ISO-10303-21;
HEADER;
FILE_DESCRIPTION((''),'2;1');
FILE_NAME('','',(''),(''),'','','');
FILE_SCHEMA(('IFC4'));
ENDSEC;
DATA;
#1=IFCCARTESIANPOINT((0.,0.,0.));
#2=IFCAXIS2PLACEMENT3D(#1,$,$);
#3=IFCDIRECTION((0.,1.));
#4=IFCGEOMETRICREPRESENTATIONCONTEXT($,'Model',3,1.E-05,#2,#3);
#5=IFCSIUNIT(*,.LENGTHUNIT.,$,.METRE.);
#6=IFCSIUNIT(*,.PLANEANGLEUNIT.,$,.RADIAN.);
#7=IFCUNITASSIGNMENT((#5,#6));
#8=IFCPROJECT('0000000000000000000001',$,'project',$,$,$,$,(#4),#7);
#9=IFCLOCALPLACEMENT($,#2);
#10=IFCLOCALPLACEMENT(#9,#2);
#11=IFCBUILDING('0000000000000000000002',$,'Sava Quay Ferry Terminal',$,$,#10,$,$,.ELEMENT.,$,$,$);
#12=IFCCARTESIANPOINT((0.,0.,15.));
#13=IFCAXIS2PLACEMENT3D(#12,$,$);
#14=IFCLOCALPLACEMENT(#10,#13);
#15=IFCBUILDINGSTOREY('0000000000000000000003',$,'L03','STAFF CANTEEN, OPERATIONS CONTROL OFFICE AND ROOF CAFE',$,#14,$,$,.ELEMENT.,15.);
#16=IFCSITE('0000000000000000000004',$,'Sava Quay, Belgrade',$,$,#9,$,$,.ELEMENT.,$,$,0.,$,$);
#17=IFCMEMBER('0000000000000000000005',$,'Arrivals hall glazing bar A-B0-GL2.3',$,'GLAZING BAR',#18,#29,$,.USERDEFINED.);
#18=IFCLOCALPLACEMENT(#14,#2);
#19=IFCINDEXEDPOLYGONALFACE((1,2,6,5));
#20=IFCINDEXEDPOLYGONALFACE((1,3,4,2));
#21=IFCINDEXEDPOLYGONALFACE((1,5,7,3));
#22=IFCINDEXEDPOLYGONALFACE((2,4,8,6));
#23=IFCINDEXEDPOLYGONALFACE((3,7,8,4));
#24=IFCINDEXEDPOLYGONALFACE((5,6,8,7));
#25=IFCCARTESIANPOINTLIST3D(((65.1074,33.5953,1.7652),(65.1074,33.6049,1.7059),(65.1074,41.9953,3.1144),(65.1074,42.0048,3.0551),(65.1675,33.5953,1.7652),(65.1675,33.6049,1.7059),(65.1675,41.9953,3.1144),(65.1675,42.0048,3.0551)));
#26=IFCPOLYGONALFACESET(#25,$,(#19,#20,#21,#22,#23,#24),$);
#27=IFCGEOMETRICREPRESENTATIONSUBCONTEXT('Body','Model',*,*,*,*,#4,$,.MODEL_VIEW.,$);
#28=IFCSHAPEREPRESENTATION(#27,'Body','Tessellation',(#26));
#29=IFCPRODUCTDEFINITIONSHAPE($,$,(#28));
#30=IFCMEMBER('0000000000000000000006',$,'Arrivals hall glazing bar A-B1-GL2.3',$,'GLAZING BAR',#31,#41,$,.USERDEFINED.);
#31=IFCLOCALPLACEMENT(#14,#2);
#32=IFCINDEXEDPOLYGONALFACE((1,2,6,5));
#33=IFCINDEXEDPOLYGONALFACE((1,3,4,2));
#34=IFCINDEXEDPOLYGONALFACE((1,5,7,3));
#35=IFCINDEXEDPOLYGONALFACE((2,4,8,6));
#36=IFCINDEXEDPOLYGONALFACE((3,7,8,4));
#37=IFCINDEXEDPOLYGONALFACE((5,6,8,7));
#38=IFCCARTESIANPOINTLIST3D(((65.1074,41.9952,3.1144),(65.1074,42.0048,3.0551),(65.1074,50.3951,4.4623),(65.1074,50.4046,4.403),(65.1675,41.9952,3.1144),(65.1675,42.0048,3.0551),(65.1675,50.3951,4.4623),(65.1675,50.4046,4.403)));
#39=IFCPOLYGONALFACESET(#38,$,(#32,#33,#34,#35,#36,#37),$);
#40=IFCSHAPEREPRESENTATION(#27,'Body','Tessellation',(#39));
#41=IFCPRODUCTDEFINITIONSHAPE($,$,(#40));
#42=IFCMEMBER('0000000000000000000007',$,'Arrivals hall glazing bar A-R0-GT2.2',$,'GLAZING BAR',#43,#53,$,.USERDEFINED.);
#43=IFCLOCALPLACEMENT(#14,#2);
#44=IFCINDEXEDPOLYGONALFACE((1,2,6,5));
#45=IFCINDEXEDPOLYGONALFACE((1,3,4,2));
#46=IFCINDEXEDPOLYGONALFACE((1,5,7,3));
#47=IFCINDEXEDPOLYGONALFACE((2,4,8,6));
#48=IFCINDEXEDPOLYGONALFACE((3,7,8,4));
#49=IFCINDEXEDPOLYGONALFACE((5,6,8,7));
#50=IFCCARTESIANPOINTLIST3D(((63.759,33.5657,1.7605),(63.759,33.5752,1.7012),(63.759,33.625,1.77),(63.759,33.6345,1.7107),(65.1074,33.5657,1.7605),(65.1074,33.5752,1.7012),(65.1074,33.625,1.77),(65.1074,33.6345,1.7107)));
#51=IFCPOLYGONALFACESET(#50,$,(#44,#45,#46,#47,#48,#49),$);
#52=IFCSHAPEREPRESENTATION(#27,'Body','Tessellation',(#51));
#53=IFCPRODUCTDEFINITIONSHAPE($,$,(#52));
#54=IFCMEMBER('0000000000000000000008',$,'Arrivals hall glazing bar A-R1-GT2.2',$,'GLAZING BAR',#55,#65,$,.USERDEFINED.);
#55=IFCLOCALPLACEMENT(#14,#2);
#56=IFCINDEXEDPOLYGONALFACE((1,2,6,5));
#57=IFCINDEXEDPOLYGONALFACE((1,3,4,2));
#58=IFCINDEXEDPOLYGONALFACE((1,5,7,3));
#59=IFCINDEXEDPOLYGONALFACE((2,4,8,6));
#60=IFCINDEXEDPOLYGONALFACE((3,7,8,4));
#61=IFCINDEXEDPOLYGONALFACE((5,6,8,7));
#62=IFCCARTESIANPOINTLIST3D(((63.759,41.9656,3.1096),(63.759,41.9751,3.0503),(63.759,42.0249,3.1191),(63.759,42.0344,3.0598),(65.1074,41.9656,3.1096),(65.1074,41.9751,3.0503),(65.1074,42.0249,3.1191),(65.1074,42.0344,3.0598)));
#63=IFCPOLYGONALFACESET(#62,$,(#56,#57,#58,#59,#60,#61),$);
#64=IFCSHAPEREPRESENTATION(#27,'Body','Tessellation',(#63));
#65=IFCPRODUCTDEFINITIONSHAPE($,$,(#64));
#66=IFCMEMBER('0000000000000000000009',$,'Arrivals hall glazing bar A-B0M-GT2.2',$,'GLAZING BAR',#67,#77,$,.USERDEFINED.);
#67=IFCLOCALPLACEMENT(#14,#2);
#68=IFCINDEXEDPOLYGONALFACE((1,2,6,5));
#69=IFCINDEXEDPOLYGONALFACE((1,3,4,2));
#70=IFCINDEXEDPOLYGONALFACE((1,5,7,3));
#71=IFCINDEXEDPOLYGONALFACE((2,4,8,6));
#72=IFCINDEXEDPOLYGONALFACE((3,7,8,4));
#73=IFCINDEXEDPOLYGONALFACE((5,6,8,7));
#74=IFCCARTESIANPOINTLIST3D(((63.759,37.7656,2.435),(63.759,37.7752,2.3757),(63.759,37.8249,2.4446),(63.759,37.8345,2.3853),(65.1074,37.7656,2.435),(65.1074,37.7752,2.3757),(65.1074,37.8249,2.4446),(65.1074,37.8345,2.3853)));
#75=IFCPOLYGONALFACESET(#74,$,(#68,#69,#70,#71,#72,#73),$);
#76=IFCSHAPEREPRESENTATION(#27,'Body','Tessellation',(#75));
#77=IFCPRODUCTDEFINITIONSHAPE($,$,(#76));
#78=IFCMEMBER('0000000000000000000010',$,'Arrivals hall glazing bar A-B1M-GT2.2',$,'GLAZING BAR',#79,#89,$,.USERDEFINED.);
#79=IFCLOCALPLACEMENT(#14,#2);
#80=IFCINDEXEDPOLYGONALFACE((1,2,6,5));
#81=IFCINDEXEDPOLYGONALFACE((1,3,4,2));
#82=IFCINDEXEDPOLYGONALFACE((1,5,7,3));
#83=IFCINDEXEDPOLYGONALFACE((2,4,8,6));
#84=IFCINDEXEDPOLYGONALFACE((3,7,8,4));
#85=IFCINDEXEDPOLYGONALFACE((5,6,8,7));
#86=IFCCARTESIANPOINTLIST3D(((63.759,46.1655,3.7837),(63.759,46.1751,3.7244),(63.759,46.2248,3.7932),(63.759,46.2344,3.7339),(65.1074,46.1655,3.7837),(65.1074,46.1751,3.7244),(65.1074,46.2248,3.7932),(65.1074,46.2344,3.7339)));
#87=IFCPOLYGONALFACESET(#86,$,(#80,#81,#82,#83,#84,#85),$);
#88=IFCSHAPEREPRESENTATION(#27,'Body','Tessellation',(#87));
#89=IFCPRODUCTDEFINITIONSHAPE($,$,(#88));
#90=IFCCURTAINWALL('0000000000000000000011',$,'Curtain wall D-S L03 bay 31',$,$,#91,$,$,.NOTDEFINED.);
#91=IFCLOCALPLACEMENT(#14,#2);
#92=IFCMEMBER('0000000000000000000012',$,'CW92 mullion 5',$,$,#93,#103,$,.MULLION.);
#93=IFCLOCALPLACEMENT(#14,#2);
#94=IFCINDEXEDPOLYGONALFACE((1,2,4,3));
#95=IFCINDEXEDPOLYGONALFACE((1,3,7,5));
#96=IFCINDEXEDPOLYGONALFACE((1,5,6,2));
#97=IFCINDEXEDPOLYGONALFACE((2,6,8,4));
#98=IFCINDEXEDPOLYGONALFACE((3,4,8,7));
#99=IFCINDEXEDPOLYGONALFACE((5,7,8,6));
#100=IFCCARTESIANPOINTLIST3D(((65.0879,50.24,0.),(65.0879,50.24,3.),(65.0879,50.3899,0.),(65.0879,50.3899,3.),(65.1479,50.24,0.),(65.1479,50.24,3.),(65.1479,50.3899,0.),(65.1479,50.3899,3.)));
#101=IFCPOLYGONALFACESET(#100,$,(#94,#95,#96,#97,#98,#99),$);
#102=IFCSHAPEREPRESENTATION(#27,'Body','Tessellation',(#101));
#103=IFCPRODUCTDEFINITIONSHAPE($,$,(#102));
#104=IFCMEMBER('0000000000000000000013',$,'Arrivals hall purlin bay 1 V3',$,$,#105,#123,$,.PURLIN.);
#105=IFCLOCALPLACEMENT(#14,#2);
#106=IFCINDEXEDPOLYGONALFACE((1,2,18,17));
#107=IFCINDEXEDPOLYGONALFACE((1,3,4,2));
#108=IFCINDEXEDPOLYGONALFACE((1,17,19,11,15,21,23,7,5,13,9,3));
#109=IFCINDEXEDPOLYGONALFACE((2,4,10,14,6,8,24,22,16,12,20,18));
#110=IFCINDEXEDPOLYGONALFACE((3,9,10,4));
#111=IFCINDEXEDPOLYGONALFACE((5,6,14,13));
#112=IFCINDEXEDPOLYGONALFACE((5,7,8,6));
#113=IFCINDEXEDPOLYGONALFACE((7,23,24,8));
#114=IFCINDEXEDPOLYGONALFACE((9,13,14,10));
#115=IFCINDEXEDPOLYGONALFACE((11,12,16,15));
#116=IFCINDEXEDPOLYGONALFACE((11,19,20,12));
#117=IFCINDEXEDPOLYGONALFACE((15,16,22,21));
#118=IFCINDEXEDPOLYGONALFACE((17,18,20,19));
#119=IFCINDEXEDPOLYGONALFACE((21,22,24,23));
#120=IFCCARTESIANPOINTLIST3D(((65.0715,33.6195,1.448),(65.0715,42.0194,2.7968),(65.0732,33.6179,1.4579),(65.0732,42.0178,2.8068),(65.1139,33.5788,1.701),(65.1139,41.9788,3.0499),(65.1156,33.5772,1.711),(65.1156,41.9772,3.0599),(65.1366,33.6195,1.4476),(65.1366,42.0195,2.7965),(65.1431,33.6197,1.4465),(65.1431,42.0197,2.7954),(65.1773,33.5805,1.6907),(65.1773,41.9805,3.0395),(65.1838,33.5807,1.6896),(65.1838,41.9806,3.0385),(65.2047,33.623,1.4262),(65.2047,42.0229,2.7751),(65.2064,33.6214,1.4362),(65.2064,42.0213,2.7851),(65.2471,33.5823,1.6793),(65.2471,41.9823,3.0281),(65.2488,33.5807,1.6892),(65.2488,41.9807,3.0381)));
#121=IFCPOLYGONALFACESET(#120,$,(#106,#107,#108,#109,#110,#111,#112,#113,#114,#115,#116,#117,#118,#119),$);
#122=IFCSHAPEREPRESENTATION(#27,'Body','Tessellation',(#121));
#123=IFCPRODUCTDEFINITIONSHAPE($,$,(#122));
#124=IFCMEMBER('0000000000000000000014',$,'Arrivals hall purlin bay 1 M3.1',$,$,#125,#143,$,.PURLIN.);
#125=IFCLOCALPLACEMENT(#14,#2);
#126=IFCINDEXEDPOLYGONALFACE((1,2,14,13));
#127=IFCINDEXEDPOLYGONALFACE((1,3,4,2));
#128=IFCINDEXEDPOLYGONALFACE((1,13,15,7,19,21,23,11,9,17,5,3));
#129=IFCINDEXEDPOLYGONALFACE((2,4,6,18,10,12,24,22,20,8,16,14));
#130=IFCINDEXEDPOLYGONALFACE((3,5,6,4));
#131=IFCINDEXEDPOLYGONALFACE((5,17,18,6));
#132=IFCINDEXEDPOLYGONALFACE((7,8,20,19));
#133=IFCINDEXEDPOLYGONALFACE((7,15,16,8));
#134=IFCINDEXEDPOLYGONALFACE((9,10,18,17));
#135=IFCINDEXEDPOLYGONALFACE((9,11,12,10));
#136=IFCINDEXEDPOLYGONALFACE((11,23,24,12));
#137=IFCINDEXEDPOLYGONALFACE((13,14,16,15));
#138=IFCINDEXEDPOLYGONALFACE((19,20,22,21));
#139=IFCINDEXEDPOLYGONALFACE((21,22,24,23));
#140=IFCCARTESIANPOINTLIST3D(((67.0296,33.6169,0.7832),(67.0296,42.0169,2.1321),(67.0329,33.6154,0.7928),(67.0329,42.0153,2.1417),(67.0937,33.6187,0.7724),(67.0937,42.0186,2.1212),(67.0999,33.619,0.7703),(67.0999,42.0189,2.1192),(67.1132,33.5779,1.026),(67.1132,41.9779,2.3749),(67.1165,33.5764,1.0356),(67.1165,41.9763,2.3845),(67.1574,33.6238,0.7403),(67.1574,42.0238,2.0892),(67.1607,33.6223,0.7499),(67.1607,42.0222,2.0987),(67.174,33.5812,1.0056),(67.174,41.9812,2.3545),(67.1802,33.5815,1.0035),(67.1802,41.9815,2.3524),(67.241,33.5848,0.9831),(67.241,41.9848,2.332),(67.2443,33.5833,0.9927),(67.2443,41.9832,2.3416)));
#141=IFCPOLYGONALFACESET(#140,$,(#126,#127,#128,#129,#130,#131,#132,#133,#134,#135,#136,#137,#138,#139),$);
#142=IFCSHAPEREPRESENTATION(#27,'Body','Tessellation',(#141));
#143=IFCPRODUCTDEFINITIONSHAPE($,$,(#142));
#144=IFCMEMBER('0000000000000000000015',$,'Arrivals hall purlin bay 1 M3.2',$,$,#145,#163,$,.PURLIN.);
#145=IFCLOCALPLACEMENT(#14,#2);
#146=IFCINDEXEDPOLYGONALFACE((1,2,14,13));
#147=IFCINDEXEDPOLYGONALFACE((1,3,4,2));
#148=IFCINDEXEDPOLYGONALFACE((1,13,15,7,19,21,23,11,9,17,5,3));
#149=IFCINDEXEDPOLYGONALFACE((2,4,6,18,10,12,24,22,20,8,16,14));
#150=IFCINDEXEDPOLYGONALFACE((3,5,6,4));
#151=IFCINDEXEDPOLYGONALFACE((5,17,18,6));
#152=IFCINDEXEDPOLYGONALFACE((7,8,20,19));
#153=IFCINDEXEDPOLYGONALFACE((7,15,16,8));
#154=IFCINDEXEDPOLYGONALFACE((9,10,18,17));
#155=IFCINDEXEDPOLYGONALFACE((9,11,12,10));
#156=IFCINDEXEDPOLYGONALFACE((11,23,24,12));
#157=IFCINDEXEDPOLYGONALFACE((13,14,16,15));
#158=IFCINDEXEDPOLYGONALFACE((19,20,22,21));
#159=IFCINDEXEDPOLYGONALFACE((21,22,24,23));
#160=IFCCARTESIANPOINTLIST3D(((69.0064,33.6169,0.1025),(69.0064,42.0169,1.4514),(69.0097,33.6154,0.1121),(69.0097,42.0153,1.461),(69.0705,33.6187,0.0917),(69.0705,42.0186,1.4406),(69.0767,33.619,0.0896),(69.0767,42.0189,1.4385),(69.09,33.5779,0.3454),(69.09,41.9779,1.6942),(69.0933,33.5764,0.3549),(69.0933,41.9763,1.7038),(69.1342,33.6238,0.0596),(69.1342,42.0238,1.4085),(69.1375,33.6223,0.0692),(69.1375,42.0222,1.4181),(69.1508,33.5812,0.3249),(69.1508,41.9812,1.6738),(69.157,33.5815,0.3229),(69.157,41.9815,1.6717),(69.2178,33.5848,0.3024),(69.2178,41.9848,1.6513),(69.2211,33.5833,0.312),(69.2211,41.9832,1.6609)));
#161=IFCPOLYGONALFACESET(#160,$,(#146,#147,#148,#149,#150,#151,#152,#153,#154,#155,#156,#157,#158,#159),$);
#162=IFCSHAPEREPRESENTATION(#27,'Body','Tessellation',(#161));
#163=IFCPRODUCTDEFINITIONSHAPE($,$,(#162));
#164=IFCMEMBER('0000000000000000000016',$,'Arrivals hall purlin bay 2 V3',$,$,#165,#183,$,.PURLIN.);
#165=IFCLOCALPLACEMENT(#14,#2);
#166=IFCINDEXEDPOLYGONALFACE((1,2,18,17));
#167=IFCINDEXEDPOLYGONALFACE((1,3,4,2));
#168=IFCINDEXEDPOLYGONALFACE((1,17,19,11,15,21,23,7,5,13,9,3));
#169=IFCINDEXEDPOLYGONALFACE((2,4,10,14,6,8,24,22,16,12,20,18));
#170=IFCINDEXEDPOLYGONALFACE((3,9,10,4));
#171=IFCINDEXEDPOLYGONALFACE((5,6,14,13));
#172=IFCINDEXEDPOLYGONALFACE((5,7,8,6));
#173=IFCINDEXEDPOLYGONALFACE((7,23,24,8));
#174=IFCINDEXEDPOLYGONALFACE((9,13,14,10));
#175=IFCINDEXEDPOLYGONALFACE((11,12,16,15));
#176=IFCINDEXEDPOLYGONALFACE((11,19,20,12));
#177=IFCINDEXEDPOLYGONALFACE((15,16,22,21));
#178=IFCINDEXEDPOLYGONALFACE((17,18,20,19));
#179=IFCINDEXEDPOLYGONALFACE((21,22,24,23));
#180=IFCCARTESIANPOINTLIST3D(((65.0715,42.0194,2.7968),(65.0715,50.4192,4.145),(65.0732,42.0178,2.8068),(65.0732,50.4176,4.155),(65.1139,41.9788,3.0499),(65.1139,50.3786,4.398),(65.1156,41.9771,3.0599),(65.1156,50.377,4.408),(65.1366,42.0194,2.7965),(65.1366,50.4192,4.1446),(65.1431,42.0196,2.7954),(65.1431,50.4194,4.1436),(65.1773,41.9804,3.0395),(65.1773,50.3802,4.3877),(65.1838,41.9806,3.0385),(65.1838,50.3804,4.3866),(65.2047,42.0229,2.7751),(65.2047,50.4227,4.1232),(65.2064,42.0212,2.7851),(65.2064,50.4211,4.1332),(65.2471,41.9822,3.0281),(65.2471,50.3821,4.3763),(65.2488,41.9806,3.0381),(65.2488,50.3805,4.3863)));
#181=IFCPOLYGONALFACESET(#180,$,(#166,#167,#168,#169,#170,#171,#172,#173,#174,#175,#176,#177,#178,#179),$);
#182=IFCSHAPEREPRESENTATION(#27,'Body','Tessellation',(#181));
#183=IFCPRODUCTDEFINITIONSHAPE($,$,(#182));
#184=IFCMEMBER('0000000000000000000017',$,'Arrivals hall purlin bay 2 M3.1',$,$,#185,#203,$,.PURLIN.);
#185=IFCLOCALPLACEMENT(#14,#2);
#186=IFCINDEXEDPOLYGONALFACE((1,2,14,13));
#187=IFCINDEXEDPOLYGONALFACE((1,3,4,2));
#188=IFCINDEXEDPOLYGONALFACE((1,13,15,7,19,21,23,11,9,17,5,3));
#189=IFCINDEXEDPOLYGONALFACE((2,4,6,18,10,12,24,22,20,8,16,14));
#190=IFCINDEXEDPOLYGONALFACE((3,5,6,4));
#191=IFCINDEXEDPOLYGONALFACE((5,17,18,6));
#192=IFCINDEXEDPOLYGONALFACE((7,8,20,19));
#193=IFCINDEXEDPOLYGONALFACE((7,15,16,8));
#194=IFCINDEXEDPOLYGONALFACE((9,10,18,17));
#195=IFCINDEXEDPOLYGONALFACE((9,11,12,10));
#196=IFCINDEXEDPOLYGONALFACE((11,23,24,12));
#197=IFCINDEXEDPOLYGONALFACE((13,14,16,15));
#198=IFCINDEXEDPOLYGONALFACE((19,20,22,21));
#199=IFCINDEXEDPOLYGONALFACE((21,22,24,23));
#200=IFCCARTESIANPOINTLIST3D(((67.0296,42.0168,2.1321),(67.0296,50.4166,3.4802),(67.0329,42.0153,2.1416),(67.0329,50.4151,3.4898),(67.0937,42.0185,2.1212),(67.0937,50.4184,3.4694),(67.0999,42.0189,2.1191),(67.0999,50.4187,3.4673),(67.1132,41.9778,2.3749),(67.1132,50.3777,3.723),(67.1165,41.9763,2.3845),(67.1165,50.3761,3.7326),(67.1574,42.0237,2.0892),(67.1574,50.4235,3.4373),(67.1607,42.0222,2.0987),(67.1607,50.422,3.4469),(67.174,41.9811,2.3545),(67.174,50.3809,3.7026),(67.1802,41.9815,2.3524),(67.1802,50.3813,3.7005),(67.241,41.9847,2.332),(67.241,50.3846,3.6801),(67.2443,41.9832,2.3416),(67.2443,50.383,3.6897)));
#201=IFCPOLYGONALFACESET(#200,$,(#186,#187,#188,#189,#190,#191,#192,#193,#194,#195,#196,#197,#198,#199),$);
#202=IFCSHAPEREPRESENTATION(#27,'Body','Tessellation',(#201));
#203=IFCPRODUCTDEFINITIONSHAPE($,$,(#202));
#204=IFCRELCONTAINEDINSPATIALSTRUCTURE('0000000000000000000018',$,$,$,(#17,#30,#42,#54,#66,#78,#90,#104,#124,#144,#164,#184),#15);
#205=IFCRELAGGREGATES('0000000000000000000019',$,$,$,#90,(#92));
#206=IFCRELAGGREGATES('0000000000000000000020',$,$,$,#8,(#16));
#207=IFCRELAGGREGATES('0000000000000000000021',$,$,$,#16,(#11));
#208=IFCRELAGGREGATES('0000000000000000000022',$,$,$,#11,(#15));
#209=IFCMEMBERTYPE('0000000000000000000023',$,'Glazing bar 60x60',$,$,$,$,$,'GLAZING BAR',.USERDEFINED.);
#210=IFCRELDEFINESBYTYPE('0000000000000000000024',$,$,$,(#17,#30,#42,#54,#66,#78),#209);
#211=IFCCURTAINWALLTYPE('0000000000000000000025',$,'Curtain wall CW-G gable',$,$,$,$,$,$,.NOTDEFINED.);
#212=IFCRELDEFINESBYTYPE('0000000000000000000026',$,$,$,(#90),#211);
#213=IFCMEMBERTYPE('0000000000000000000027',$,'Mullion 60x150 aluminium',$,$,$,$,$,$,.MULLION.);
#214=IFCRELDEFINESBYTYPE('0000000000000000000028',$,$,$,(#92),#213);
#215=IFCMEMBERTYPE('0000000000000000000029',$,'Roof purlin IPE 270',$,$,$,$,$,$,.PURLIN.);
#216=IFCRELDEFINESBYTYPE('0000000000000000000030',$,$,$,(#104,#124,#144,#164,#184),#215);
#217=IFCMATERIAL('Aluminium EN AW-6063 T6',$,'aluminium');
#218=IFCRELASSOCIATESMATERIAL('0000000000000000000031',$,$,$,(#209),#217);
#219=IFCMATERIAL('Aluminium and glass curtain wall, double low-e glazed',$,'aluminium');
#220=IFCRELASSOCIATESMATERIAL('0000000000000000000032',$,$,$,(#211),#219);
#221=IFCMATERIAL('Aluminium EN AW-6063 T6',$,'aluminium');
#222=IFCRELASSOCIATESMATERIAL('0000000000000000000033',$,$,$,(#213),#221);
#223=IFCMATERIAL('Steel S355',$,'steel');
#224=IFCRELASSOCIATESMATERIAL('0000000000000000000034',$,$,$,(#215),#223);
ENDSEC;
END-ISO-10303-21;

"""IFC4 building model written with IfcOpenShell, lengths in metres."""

from ifc_helpers import new_model, si_unit, direction, frame, origin, origin_2d, place, context, subcontext, project, spatial, rectangle, i_section, extrude, material, material_profile, profile_set, type_object, element, aggregate, save


model = new_model("IFC4")

# Units and contexts
model_context = context("Model", 3, precision=1e-05, world=origin(), true_north=direction((0.0, 1.0)))
body_context = subcontext(model_context, "Body", "Model", "MODEL_VIEW")
ifc_project = project(units=[si_unit("LENGTHUNIT", "METRE"), si_unit("PLANEANGLEUNIT", "RADIAN")], contexts=[model_context])

# Site, building, storey
site_placement = place(None, origin())
site = spatial("IfcSite", under=ifc_project, at=site_placement, Name="Sava Quay, Belgrade", CompositionType="ELEMENT", RefElevation=0.0)
building_placement = place(site_placement, origin())
building = spatial("IfcBuilding", under=site, at=building_placement, Name="Sava Quay Ferry Terminal", CompositionType="ELEMENT")
storey_placement = place(building_placement, frame((0.0, 0.0, 15.0)))
storey = spatial("IfcBuildingStorey", under=building, at=storey_placement, Name="L03", Description="STAFF CANTEEN, OPERATIONS CONTROL OFFICE AND ROOF CAFE", CompositionType="ELEMENT", Elevation=15.0)

# Members
ifc_material_1 = material(Name="Aluminium EN AW-6063 T6", Category="aluminium")
ifc_material_profile_1 = material_profile(ifc_material_1, rectangle(XDim=0.0601, YDim=0.0601, at=origin_2d()), Name="Bar 60 x 60")
ifc_profile_set_1 = profile_set([ifc_material_profile_1], Name="Aluminium EN AW-6063 T6")
member_type_1 = type_object("IfcMemberType", Name="Glazing bar 60x60", ElementType="GLAZING BAR", PredefinedType="USERDEFINED", material=ifc_profile_set_1)
member_1_placement = place(storey_placement, frame((65.1375, 33.6001, 1.7356), z_axis=(0.0, 0.987346, 0.158579), x_axis=(-1.0, 0.0, 0.0)))
element("IfcMember", 1, at=member_1_placement, inside=storey, type_object=member_type_1, Name="Arrivals hall glazing bar A-B0-GL2.3", ObjectType="GLAZING BAR", PredefinedType="USERDEFINED", context=body_context, shape_type="SweptSolid", body=[
    extrude(rectangle(XDim=0.0601, YDim=0.0601, at=origin_2d()), origin(), (0.0, 0.0, 1.0), 8.5076),
])
member_2_placement = place(storey_placement, frame((65.1375, 42.0, 3.0847), z_axis=(0.0, 0.987369, 0.158439), x_axis=(-1.0, 0.0, 0.0)))
element("IfcMember", 2, at=member_2_placement, inside=storey, type_object=member_type_1, Name="Arrivals hall glazing bar A-B1-GL2.3", ObjectType="GLAZING BAR", PredefinedType="USERDEFINED", context=body_context, shape_type="SweptSolid", body=[
    extrude(rectangle(XDim=0.0601, YDim=0.0601, at=origin_2d()), origin(), (0.0, 0.0, 1.0), 8.5073),
])
for number, where, z_axis, x_axis, name in (
    (3, (63.759, 33.6001, 1.7356), (1.0, 0.0, 0.0), (0.0, 0.987349, 0.158564), "Arrivals hall glazing bar A-R0-GT2.2"),
    (4, (63.759, 42.0, 3.0847), (1.0, 0.0, 0.0), (0.0, 0.987367, 0.158449), "Arrivals hall glazing bar A-R1-GT2.2"),
    (5, (63.759, 37.8, 2.4102), (1.0, 0.0, 0.0), (0.0, 0.987349, 0.158564), "Arrivals hall glazing bar A-B0M-GT2.2"),
    (6, (63.759, 46.2, 3.7588), (1.0, 0.0, 0.0), (0.0, 0.987367, 0.158449), "Arrivals hall glazing bar A-B1M-GT2.2"),
):
    element("IfcMember", number, at=place(storey_placement, frame(where, z_axis=z_axis, x_axis=x_axis)), inside=storey, type_object=member_type_1, Name=name, ObjectType="GLAZING BAR", PredefinedType="USERDEFINED", context=body_context, shape_type="SweptSolid", body=[
        extrude(rectangle(XDim=0.0601, YDim=0.0601, at=origin_2d()), origin(), (0.0, 0.0, 1.0), 1.3484),
    ])

# Curtain wall, member
ifc_material_2 = material(Name="Aluminium and glass curtain wall, double low-e glazed", Category="aluminium")
curtain_wall_type = type_object("IfcCurtainWallType", Name="Curtain wall CW-G gable", PredefinedType="NOTDEFINED", material=ifc_material_2)
curtain_wall_placement = place(storey_placement, origin())
curtain_wall = element("IfcCurtainWall", 7, at=curtain_wall_placement, inside=storey, type_object=curtain_wall_type, Name="Curtain wall D-S L03 bay 31", PredefinedType="NOTDEFINED")
ifc_material_3 = material(Name="Aluminium EN AW-6063 T6", Category="aluminium")
ifc_material_profile_2 = material_profile(ifc_material_3, rectangle(XDim=0.1499, YDim=0.0601, at=origin_2d()), Name="Mullion 60x150 aluminium")
ifc_profile_set_2 = profile_set([ifc_material_profile_2], Name="Aluminium EN AW-6063 T6")
member_type_2 = type_object("IfcMemberType", Name="Mullion 60x150 aluminium", PredefinedType="MULLION", material=ifc_profile_set_2)
member_3_placement = place(storey_placement, frame((65.1179, 50.3149, 0.0), z_axis=(0.0, 0.0, 1.0), x_axis=(0.0, 1.0, 0.0)))
member_3 = element("IfcMember", 8, at=member_3_placement, type_object=member_type_2, Name="CW92 mullion 5", PredefinedType="MULLION", context=body_context, shape_type="SweptSolid", body=[
    extrude(rectangle(XDim=0.1499, YDim=0.0601, at=origin_2d()), origin(), (0.0, 0.0, 1.0), 3.0),
])

# Members
ifc_material_4 = material(Name="Steel S355", Category="steel")
ifc_material_profile_3 = material_profile(ifc_material_4, i_section(OverallWidth=0.135, OverallDepth=0.27, WebThickness=0.0066, FlangeThickness=0.0103, at=origin_2d()), Name="IPE 270")
ifc_profile_set_3 = profile_set([ifc_material_profile_3], Name="Steel S355")
member_type_3 = type_object("IfcMemberType", Name="Roof purlin IPE 270", PredefinedType="PURLIN", material=ifc_profile_set_3)
for number, where, z_axis, x_axis, name in (
    (9, (65.1602, 33.6001, 1.5686), (0.0, 0.987351, 0.158551), (-0.986606, -0.025864, 0.161061), "Arrivals hall purlin bay 1 V3"),
    (10, (67.137, 33.6001, 0.8879), (0.0, 0.987351, 0.158551), (-0.946781, -0.051034, 0.317807), "Arrivals hall purlin bay 1 M3.1"),
    (11, (69.1138, 33.6001, 0.2073), (0.0, 0.987351, 0.158551), (-0.946781, -0.051034, 0.317807), "Arrivals hall purlin bay 1 M3.2"),
):
    element("IfcMember", number, at=place(storey_placement, frame(where, z_axis=z_axis, x_axis=x_axis)), inside=storey, type_object=member_type_3, Name=name, PredefinedType="PURLIN", context=body_context, shape_type="SweptSolid", body=[
        extrude(i_section(OverallWidth=0.135, OverallDepth=0.27, WebThickness=0.0066, FlangeThickness=0.0103, at=origin_2d()), origin(), (0.0, 0.0, 1.0), 8.5076),
    ])
for number, where, z_axis, x_axis, name in (
    (12, (65.1602, 42.0, 2.9175), (0.0, 0.987364, 0.158467), (-0.986605, -0.02585, 0.161066), "Arrivals hall purlin bay 2 V3"),
    (13, (67.137, 42.0, 2.2368), (0.0, 0.987364, 0.158467), (-0.946779, -0.051008, 0.317817), "Arrivals hall purlin bay 2 M3.1"),
):
    element("IfcMember", number, at=place(storey_placement, frame(where, z_axis=z_axis, x_axis=x_axis)), inside=storey, type_object=member_type_3, Name=name, PredefinedType="PURLIN", context=body_context, shape_type="SweptSolid", body=[
        extrude(i_section(OverallWidth=0.135, OverallDepth=0.27, WebThickness=0.0066, FlangeThickness=0.0103, at=origin_2d()), origin(), (0.0, 0.0, 1.0), 8.5073),
    ])

aggregate(curtain_wall, [member_3])

save(model, "model.ifc")
